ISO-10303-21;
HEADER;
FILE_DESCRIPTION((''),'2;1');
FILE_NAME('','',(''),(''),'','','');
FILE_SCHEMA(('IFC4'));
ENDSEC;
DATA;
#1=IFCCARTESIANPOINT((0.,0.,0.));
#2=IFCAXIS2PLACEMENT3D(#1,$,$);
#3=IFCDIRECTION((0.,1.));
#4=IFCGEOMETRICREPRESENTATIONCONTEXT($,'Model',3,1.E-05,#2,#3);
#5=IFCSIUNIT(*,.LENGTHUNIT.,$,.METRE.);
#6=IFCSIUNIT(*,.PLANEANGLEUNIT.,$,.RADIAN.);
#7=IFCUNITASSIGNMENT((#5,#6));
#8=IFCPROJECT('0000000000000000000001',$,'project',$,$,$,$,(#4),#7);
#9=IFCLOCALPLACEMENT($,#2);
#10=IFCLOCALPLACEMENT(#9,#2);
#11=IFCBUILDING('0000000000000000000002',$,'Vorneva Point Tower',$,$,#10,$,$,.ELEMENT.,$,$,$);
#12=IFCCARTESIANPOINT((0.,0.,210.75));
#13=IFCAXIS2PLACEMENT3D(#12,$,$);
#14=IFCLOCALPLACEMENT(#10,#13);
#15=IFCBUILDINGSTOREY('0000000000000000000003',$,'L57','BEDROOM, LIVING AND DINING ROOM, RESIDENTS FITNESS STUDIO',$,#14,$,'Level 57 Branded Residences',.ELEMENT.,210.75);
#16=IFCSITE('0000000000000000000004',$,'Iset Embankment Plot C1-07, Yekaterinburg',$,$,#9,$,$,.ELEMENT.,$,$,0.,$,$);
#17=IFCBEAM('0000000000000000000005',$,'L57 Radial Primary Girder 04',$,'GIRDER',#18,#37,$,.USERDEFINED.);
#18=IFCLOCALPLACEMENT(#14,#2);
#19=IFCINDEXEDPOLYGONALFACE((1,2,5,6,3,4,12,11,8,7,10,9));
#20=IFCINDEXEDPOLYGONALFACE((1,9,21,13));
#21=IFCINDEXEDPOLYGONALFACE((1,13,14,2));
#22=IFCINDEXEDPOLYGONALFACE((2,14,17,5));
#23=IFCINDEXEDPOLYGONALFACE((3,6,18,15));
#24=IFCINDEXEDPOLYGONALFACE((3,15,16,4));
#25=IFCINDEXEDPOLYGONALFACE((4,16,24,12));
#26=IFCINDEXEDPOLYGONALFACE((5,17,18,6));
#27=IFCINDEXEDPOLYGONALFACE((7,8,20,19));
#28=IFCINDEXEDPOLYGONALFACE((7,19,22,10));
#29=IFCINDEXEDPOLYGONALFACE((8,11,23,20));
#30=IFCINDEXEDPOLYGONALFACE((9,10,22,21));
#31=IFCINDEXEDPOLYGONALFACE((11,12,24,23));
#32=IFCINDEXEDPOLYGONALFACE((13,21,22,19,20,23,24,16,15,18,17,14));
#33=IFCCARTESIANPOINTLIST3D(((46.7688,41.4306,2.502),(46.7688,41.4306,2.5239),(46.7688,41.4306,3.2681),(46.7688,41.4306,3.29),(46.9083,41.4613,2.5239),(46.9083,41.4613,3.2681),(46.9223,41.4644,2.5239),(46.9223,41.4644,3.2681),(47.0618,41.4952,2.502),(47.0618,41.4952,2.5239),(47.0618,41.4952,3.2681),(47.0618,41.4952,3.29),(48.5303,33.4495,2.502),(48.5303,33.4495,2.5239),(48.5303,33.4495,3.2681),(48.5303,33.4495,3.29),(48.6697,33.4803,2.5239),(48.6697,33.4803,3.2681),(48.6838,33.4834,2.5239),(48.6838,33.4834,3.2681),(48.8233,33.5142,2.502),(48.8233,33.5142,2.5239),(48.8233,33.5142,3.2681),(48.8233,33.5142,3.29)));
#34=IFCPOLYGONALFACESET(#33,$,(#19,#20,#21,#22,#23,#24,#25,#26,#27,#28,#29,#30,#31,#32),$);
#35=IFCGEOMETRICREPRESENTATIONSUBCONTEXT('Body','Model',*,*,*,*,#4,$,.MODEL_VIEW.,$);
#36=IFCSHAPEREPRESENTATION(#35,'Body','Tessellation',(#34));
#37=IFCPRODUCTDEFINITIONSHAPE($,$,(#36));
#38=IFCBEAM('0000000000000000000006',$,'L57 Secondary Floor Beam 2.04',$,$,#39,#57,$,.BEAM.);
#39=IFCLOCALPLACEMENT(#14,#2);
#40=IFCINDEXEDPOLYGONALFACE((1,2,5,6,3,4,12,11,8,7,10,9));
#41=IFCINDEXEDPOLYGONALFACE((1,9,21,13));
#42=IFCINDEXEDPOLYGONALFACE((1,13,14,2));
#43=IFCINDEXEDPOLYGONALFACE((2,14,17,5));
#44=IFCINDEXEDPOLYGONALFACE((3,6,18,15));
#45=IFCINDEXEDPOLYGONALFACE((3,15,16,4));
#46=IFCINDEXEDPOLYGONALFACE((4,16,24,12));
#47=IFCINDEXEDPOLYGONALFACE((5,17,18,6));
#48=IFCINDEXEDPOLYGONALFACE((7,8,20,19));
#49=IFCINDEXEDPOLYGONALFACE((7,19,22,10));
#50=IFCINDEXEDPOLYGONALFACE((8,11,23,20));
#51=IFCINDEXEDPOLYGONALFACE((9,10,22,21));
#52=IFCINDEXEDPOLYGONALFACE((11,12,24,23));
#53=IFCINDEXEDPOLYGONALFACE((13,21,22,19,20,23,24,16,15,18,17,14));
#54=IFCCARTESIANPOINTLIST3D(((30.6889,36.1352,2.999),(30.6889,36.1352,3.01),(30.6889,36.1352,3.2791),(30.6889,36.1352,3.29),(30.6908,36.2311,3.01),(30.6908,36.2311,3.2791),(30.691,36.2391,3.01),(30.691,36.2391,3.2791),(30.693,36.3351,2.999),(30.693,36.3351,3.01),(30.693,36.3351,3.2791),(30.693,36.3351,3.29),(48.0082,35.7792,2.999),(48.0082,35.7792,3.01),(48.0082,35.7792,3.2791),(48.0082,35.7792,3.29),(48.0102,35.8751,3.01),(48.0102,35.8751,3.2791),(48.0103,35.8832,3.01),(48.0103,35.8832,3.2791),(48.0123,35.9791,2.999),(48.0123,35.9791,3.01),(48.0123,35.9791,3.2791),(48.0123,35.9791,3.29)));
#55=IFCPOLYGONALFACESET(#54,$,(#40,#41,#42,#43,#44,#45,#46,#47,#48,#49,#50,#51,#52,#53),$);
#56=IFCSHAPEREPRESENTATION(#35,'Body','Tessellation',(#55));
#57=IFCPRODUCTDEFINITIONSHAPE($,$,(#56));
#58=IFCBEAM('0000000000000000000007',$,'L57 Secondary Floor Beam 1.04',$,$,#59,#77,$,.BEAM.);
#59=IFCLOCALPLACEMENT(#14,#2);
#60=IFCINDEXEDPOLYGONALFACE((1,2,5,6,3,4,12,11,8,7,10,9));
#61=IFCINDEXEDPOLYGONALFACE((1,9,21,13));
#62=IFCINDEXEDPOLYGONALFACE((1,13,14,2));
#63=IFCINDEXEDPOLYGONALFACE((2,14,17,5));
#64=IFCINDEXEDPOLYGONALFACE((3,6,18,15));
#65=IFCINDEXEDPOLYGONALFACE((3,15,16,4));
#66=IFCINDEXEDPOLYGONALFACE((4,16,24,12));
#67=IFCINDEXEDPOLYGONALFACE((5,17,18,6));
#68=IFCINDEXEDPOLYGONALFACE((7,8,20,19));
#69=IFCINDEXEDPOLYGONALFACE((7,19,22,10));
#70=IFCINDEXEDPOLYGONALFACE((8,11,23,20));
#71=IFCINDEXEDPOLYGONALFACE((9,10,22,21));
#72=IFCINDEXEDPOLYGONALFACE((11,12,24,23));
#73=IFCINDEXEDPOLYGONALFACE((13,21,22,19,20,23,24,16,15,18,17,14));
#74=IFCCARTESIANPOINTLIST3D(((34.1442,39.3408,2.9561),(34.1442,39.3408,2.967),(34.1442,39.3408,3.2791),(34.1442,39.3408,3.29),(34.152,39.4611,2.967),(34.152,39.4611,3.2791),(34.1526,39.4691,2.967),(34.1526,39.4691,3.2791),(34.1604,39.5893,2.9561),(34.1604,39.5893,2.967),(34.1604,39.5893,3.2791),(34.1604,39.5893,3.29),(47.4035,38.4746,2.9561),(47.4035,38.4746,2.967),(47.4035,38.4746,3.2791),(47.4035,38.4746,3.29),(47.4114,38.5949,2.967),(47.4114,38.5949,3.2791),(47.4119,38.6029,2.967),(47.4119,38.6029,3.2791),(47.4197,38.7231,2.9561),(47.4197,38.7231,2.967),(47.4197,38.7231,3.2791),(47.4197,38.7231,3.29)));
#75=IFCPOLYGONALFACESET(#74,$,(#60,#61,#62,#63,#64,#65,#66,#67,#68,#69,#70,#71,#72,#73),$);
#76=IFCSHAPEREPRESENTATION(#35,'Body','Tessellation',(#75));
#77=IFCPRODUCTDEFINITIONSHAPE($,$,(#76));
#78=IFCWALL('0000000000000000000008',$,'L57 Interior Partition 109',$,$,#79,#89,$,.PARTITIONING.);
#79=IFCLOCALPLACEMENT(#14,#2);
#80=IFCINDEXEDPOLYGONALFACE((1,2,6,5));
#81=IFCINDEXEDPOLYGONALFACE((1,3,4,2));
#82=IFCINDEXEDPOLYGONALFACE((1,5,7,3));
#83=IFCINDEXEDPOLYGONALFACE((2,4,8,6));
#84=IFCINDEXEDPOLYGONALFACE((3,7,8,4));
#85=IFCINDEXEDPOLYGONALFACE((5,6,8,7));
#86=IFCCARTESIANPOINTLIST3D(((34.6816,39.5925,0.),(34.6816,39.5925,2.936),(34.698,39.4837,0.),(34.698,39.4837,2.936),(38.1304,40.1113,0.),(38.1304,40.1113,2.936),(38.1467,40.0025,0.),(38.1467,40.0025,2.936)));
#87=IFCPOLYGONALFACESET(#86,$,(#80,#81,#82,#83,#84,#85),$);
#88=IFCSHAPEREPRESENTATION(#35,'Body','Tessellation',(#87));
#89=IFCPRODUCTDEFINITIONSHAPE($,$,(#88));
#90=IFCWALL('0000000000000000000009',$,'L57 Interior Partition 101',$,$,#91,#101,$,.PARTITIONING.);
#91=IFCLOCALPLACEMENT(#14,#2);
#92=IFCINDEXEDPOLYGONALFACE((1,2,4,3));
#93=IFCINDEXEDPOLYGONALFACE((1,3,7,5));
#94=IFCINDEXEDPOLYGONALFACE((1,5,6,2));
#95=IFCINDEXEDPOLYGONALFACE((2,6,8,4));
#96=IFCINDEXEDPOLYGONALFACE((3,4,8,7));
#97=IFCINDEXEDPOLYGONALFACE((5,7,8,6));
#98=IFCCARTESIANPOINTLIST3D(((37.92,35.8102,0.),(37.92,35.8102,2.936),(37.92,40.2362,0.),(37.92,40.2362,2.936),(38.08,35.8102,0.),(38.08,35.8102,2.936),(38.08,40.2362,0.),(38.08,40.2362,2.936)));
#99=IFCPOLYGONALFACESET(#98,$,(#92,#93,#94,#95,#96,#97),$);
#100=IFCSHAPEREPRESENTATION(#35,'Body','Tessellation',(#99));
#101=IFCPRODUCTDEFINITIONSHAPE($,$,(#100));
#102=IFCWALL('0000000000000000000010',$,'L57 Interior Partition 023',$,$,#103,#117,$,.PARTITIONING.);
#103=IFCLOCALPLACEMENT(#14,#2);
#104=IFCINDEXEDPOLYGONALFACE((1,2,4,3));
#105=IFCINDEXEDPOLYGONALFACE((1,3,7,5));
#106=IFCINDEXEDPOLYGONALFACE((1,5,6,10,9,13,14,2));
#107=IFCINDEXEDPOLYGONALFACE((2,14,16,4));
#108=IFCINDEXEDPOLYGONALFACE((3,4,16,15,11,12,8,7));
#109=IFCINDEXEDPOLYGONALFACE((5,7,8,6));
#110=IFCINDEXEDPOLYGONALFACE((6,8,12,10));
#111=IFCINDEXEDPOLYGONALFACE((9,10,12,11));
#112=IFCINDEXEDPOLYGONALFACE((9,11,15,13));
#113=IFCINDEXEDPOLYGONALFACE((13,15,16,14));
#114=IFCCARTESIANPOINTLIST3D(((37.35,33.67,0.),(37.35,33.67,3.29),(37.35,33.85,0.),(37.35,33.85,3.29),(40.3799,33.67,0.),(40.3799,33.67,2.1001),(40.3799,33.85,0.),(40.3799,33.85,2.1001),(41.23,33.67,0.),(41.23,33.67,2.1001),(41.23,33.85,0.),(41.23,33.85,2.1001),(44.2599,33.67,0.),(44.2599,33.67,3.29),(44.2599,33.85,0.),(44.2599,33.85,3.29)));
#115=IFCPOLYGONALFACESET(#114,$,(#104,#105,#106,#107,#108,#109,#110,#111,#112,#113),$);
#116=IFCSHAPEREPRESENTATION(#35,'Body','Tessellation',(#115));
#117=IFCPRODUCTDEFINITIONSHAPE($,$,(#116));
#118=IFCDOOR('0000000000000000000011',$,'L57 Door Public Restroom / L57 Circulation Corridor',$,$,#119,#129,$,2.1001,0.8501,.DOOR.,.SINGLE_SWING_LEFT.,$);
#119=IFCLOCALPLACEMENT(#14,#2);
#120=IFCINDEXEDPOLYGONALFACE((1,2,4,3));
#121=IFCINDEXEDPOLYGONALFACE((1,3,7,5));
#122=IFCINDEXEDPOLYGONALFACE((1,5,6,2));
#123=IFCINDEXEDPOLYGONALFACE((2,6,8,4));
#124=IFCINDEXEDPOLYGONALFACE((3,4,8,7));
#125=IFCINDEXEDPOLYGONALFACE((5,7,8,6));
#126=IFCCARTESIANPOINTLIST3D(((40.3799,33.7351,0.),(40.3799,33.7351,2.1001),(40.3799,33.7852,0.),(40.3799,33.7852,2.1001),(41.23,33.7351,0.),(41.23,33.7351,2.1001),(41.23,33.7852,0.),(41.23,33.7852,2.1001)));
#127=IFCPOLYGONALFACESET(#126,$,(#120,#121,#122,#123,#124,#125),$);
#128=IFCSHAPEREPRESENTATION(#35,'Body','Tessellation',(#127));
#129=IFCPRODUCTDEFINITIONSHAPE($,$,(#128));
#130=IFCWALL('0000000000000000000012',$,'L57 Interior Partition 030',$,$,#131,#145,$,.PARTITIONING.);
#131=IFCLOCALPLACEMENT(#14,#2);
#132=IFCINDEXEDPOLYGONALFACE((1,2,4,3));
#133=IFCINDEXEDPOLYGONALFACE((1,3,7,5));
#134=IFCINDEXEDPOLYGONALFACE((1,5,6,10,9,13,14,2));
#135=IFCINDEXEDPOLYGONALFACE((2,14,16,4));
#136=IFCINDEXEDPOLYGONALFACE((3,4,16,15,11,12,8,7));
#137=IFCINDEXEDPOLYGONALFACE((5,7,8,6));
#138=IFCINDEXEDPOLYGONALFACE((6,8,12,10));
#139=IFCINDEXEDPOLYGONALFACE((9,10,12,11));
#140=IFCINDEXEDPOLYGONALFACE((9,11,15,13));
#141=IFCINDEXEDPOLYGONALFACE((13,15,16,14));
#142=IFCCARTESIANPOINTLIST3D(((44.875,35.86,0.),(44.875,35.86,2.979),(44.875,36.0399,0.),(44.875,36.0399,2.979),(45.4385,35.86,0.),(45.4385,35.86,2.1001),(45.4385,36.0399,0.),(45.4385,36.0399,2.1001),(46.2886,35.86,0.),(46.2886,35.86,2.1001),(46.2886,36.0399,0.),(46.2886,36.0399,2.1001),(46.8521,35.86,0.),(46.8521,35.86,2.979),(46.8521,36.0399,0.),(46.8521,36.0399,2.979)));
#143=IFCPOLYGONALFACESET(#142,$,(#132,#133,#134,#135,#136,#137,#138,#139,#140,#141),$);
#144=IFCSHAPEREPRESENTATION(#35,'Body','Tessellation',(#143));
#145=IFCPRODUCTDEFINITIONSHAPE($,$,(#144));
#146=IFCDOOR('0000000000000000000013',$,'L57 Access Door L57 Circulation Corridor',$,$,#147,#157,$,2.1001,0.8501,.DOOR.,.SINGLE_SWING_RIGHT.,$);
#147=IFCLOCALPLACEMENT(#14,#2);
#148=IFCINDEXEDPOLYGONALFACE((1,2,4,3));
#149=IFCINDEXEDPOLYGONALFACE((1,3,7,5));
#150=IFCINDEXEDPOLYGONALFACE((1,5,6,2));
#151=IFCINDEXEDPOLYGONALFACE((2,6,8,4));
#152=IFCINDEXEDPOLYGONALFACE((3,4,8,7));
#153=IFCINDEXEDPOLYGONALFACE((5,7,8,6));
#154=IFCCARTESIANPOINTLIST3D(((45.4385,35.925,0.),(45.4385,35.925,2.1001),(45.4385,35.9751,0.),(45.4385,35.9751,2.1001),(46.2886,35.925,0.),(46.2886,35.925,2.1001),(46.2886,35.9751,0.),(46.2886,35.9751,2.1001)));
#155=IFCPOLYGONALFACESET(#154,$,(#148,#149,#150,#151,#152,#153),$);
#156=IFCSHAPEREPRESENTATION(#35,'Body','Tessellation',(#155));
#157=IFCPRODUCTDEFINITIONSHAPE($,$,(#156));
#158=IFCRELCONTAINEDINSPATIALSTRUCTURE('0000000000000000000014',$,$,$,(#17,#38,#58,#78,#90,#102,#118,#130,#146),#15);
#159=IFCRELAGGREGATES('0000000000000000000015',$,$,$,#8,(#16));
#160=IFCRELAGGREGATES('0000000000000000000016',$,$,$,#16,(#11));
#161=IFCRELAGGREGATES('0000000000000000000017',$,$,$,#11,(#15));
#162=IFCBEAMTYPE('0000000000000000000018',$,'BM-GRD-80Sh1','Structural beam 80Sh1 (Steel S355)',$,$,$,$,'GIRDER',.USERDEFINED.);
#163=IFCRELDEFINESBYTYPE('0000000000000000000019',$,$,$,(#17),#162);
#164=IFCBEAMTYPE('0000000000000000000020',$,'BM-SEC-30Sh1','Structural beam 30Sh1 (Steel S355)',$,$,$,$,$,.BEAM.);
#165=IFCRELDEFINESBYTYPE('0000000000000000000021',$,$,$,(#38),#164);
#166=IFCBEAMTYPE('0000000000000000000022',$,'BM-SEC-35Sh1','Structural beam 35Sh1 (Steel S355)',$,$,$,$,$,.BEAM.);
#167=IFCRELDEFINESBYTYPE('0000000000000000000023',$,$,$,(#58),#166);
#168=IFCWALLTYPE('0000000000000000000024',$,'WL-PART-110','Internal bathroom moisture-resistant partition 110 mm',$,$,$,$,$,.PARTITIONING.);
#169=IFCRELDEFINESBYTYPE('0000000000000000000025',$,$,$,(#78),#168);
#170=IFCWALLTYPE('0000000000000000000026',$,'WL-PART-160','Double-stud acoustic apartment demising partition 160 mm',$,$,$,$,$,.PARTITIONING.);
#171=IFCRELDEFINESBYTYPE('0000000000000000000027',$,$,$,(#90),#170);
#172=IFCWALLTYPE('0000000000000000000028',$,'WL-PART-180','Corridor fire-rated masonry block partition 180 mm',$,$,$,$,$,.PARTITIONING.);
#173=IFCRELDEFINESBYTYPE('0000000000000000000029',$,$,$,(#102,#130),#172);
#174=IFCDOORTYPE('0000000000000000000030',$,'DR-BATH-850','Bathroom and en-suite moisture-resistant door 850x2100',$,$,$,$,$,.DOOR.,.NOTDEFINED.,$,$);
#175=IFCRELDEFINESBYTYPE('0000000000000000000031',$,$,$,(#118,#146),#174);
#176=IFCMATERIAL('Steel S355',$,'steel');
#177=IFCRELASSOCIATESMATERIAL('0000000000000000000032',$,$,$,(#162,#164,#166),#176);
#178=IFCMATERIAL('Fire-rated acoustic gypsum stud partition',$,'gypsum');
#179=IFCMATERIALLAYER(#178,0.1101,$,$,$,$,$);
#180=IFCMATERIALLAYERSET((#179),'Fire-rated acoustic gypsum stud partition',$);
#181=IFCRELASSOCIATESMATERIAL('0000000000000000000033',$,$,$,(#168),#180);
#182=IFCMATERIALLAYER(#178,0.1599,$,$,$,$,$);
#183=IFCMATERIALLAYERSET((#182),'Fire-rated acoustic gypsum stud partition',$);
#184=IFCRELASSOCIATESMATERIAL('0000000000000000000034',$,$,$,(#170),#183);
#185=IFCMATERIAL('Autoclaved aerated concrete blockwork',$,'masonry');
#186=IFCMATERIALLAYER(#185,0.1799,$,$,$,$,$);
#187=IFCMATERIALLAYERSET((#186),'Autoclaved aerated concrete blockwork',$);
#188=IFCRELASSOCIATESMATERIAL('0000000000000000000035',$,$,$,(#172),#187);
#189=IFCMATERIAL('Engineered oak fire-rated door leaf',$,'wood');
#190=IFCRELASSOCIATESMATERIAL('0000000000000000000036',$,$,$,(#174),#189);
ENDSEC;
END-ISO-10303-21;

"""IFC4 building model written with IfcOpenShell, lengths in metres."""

from ifc_helpers import new_model, si_unit, direction, frame, frame_2d, origin, origin_2d, place, context, subcontext, project, spatial, rectangle, i_section, extrude, material, layer, layer_set, material_profile, profile_set, type_object, element, fill, save


model = new_model("IFC4")

# Units and contexts
model_context = context("Model", 3, precision=1e-05, world=origin(), true_north=direction((0.0, 1.0)))
body_context = subcontext(model_context, "Body", "Model", "MODEL_VIEW")
ifc_project = project(units=[si_unit("LENGTHUNIT", "METRE"), si_unit("PLANEANGLEUNIT", "RADIAN")], contexts=[model_context])

# Site, building, storey
site_placement = place(None, origin())
site = spatial("IfcSite", under=ifc_project, at=site_placement, Name="Iset Embankment Plot C1-07, Yekaterinburg", CompositionType="ELEMENT", RefElevation=0.0)
building_placement = place(site_placement, origin())
building = spatial("IfcBuilding", under=site, at=building_placement, Name="Vorneva Point Tower", CompositionType="ELEMENT")
storey_placement = place(building_placement, frame((0.0, 0.0, 210.75)))
storey = spatial("IfcBuildingStorey", under=building, at=storey_placement, Name="L57", Description="BEDROOM, LIVING AND DINING ROOM, RESIDENTS FITNESS STUDIO", LongName="Level 57 Branded Residences", CompositionType="ELEMENT", Elevation=210.75)

# Beams
ifc_material_1 = material(Name="Steel S355", Category="steel")
ifc_material_profile_1 = material_profile(ifc_material_1, i_section(OverallWidth=0.3, OverallDepth=0.7881, WebThickness=0.0144, FlangeThickness=0.022, at=origin_2d()), Name="80Sh1")
ifc_profile_set_1 = profile_set([ifc_material_profile_1], Name="Steel S355")
beam_type_1 = type_object("IfcBeamType", Name="BM-GRD-80Sh1", Description="Structural beam 80Sh1 (Steel S355)", ElementType="GIRDER", PredefinedType="USERDEFINED", material=ifc_profile_set_1)
beam_1_placement = place(storey_placement, frame((46.9153, 41.4629, 2.896), z_axis=(0.215523, -0.976499, 0.0), x_axis=(0.976499, 0.215523, 0.0)))
element("IfcBeam", 1, at=beam_1_placement, inside=storey, type_object=beam_type_1, Name="L57 Radial Primary Girder 04", ObjectType="GIRDER", PredefinedType="USERDEFINED", context=body_context, shape_type="SweptSolid", body=[
    extrude(i_section(OverallWidth=0.3, OverallDepth=0.7881, WebThickness=0.0144, FlangeThickness=0.022, at=origin_2d()), origin(), (0.0, 0.0, 1.0), 8.1731),
])
ifc_material_profile_2 = material_profile(ifc_material_1, i_section(OverallWidth=0.2, OverallDepth=0.291, WebThickness=0.0081, FlangeThickness=0.011, at=origin_2d()), Name="30Sh1")
ifc_profile_set_2 = profile_set([ifc_material_profile_2], Name="Steel S355")
beam_type_2 = type_object("IfcBeamType", Name="BM-SEC-30Sh1", Description="Structural beam 30Sh1 (Steel S355)", PredefinedType="BEAM", material=ifc_profile_set_2)
beam_2_placement = place(storey_placement, frame((48.0103, 35.8792, 3.1445), z_axis=(-0.999789, 0.020548, 0.0), x_axis=(-0.020548, -0.999789, 0.0)))
element("IfcBeam", 2, at=beam_2_placement, inside=storey, type_object=beam_type_2, Name="L57 Secondary Floor Beam 2.04", PredefinedType="BEAM", context=body_context, shape_type="SweptSolid", body=[
    extrude(i_section(OverallWidth=0.2, OverallDepth=0.291, WebThickness=0.0081, FlangeThickness=0.011, at=origin_2d()), origin(), (0.0, 0.0, 1.0), 17.323),
])
ifc_material_profile_3 = material_profile(ifc_material_1, i_section(OverallWidth=0.249, OverallDepth=0.334, WebThickness=0.0081, FlangeThickness=0.011, at=origin_2d()), Name="35Sh1")
ifc_profile_set_3 = profile_set([ifc_material_profile_3], Name="Steel S355")
beam_type_3 = type_object("IfcBeamType", Name="BM-SEC-35Sh1", Description="Structural beam 35Sh1 (Steel S355)", PredefinedType="BEAM", material=ifc_profile_set_3)
beam_3_placement = place(storey_placement, frame((47.4116, 38.5989, 3.123), z_axis=(-0.997873, 0.06519, 0.0), x_axis=(-0.06519, -0.997873, 0.0)))
element("IfcBeam", 3, at=beam_3_placement, inside=storey, type_object=beam_type_3, Name="L57 Secondary Floor Beam 1.04", PredefinedType="BEAM", context=body_context, shape_type="SweptSolid", body=[
    extrude(i_section(OverallWidth=0.249, OverallDepth=0.334, WebThickness=0.0081, FlangeThickness=0.011, at=origin_2d()), origin(), (0.0, 0.0, 1.0), 13.2876),
])

# Walls
ifc_material_2 = material(Name="Fire-rated acoustic gypsum stud partition", Category="gypsum")
ifc_layer_1 = layer(ifc_material_2, 0.1101)
ifc_layer_set_1 = layer_set([ifc_layer_1], Name="Fire-rated acoustic gypsum stud partition")
wall_type_1 = type_object("IfcWallType", Name="WL-PART-110", Description="Internal bathroom moisture-resistant partition 110 mm", PredefinedType="PARTITIONING", material=ifc_layer_set_1)
wall_1_placement = place(storey_placement, frame((38.1384, 40.0569, 0.0), z_axis=(0.0, 0.0, 1.0), x_axis=(-0.988874, -0.148758, 0.0)))
element("IfcWall", 4, at=wall_1_placement, inside=storey, type_object=wall_type_1, Name="L57 Interior Partition 109", PredefinedType="PARTITIONING", context=body_context, shape_type="SweptSolid", body=[
    extrude(rectangle(XDim=3.4875, YDim=0.1101, at=frame_2d((1.7437, 0.0))), origin(), (0.0, 0.0, 1.0), 2.936),
])
ifc_layer_2 = layer(ifc_material_2, 0.1599)
ifc_layer_set_2 = layer_set([ifc_layer_2], Name="Fire-rated acoustic gypsum stud partition")
wall_type_2 = type_object("IfcWallType", Name="WL-PART-160", Description="Double-stud acoustic apartment demising partition 160 mm", PredefinedType="PARTITIONING", material=ifc_layer_set_2)
wall_2_placement = place(storey_placement, frame((38.0, 40.2361, 0.0), z_axis=(0.0, 0.0, 1.0), x_axis=(0.0, -1.0, 0.0)))
element("IfcWall", 5, at=wall_2_placement, inside=storey, type_object=wall_type_2, Name="L57 Interior Partition 101", PredefinedType="PARTITIONING", context=body_context, shape_type="SweptSolid", body=[
    extrude(rectangle(XDim=4.426, YDim=0.1599, at=frame_2d((2.2129, 0.0))), origin(), (0.0, 0.0, 1.0), 2.936),
])

# Walls, openings, doors
ifc_material_3 = material(Name="Autoclaved aerated concrete blockwork", Category="masonry")
ifc_layer_3 = layer(ifc_material_3, 0.1799)
ifc_layer_set_3 = layer_set([ifc_layer_3], Name="Autoclaved aerated concrete blockwork")
wall_type_3 = type_object("IfcWallType", Name="WL-PART-180", Description="Corridor fire-rated masonry block partition 180 mm", PredefinedType="PARTITIONING", material=ifc_layer_set_3)
wall_3_placement = place(storey_placement, frame((44.26, 33.76, 0.0), z_axis=(0.0, 0.0, 1.0), x_axis=(-1.0, 0.0, 0.0)))
wall_3 = element("IfcWall", 6, at=wall_3_placement, inside=storey, type_object=wall_type_3, Name="L57 Interior Partition 023", PredefinedType="PARTITIONING", context=body_context, shape_type="SweptSolid", body=[
    extrude(rectangle(XDim=6.9099, YDim=0.1799, at=frame_2d((3.4551, 0.0))), origin(), (0.0, 0.0, 1.0), 3.29),
])
opening_1_placement = place(wall_3_placement, frame((3.03, 0.0, 0.0)))
opening_1 = element("IfcOpeningElement", 7, at=opening_1_placement, cuts=wall_3, PredefinedType="OPENING", context=body_context, shape_type="SweptSolid", body=[
    extrude(rectangle(XDim=0.8501, YDim=2.1001, at=frame_2d((0.425, 1.05))), frame((0.0, 0.105, 0.0), z_axis=(0.0, -1.0, 0.0), x_axis=(1.0, 0.0, 0.0)), (0.0, 0.0, 1.0), 0.2097),
])
ifc_material_4 = material(Name="Engineered oak fire-rated door leaf", Category="wood")
door_type_1 = type_object("IfcDoorType", Name="DR-BATH-850", Description="Bathroom and en-suite moisture-resistant door 850x2100", OperationType="NOTDEFINED", PredefinedType="DOOR", material=ifc_material_4)
door_1_placement = place(opening_1_placement, origin())
door_1 = element("IfcDoor", 8, at=door_1_placement, inside=storey, type_object=door_type_1, Name="L57 Door Public Restroom / L57 Circulation Corridor", OperationType="SINGLE_SWING_LEFT", OverallHeight=2.1001, OverallWidth=0.8501, PredefinedType="DOOR", context=body_context, shape_type="SweptSolid", body=[
    extrude(rectangle(XDim=0.8501, YDim=2.1001, at=frame_2d((0.425, 1.05))), frame((0.0, 0.0249, 0.0), z_axis=(0.0, -1.0, 0.0), x_axis=(1.0, 0.0, 0.0)), (0.0, 0.0, 1.0), 0.05),
])
fill(opening_1, door_1)
wall_4_placement = place(storey_placement, frame((46.8521, 35.95, 0.0), z_axis=(0.0, 0.0, 1.0), x_axis=(-1.0, 0.0, 0.0)))
wall_4 = element("IfcWall", 9, at=wall_4_placement, inside=storey, type_object=wall_type_3, Name="L57 Interior Partition 030", PredefinedType="PARTITIONING", context=body_context, shape_type="SweptSolid", body=[
    extrude(rectangle(XDim=1.9771, YDim=0.1799, at=frame_2d((0.9885, 0.0))), origin(), (0.0, 0.0, 1.0), 2.979),
])
opening_2_placement = place(wall_4_placement, frame((0.5635, 0.0, 0.0)))
opening_2 = element("IfcOpeningElement", 10, at=opening_2_placement, cuts=wall_4, PredefinedType="OPENING", context=body_context, shape_type="SweptSolid", body=[
    extrude(rectangle(XDim=0.8501, YDim=2.1001, at=frame_2d((0.425, 1.05))), frame((0.0, 0.105, 0.0), z_axis=(0.0, -1.0, 0.0), x_axis=(1.0, 0.0, 0.0)), (0.0, 0.0, 1.0), 0.2097),
])
door_2_placement = place(opening_2_placement, origin())
door_2 = element("IfcDoor", 11, at=door_2_placement, inside=storey, type_object=door_type_1, Name="L57 Access Door L57 Circulation Corridor", OperationType="SINGLE_SWING_RIGHT", OverallHeight=2.1001, OverallWidth=0.8501, PredefinedType="DOOR", context=body_context, shape_type="SweptSolid", body=[
    extrude(rectangle(XDim=0.8501, YDim=2.1001, at=frame_2d((0.425, 1.05))), frame((0.0, 0.0249, 0.0), z_axis=(0.0, -1.0, 0.0), x_axis=(1.0, 0.0, 0.0)), (0.0, 0.0, 1.0), 0.05),
])
fill(opening_2, door_2)

save(model, "model.ifc")
